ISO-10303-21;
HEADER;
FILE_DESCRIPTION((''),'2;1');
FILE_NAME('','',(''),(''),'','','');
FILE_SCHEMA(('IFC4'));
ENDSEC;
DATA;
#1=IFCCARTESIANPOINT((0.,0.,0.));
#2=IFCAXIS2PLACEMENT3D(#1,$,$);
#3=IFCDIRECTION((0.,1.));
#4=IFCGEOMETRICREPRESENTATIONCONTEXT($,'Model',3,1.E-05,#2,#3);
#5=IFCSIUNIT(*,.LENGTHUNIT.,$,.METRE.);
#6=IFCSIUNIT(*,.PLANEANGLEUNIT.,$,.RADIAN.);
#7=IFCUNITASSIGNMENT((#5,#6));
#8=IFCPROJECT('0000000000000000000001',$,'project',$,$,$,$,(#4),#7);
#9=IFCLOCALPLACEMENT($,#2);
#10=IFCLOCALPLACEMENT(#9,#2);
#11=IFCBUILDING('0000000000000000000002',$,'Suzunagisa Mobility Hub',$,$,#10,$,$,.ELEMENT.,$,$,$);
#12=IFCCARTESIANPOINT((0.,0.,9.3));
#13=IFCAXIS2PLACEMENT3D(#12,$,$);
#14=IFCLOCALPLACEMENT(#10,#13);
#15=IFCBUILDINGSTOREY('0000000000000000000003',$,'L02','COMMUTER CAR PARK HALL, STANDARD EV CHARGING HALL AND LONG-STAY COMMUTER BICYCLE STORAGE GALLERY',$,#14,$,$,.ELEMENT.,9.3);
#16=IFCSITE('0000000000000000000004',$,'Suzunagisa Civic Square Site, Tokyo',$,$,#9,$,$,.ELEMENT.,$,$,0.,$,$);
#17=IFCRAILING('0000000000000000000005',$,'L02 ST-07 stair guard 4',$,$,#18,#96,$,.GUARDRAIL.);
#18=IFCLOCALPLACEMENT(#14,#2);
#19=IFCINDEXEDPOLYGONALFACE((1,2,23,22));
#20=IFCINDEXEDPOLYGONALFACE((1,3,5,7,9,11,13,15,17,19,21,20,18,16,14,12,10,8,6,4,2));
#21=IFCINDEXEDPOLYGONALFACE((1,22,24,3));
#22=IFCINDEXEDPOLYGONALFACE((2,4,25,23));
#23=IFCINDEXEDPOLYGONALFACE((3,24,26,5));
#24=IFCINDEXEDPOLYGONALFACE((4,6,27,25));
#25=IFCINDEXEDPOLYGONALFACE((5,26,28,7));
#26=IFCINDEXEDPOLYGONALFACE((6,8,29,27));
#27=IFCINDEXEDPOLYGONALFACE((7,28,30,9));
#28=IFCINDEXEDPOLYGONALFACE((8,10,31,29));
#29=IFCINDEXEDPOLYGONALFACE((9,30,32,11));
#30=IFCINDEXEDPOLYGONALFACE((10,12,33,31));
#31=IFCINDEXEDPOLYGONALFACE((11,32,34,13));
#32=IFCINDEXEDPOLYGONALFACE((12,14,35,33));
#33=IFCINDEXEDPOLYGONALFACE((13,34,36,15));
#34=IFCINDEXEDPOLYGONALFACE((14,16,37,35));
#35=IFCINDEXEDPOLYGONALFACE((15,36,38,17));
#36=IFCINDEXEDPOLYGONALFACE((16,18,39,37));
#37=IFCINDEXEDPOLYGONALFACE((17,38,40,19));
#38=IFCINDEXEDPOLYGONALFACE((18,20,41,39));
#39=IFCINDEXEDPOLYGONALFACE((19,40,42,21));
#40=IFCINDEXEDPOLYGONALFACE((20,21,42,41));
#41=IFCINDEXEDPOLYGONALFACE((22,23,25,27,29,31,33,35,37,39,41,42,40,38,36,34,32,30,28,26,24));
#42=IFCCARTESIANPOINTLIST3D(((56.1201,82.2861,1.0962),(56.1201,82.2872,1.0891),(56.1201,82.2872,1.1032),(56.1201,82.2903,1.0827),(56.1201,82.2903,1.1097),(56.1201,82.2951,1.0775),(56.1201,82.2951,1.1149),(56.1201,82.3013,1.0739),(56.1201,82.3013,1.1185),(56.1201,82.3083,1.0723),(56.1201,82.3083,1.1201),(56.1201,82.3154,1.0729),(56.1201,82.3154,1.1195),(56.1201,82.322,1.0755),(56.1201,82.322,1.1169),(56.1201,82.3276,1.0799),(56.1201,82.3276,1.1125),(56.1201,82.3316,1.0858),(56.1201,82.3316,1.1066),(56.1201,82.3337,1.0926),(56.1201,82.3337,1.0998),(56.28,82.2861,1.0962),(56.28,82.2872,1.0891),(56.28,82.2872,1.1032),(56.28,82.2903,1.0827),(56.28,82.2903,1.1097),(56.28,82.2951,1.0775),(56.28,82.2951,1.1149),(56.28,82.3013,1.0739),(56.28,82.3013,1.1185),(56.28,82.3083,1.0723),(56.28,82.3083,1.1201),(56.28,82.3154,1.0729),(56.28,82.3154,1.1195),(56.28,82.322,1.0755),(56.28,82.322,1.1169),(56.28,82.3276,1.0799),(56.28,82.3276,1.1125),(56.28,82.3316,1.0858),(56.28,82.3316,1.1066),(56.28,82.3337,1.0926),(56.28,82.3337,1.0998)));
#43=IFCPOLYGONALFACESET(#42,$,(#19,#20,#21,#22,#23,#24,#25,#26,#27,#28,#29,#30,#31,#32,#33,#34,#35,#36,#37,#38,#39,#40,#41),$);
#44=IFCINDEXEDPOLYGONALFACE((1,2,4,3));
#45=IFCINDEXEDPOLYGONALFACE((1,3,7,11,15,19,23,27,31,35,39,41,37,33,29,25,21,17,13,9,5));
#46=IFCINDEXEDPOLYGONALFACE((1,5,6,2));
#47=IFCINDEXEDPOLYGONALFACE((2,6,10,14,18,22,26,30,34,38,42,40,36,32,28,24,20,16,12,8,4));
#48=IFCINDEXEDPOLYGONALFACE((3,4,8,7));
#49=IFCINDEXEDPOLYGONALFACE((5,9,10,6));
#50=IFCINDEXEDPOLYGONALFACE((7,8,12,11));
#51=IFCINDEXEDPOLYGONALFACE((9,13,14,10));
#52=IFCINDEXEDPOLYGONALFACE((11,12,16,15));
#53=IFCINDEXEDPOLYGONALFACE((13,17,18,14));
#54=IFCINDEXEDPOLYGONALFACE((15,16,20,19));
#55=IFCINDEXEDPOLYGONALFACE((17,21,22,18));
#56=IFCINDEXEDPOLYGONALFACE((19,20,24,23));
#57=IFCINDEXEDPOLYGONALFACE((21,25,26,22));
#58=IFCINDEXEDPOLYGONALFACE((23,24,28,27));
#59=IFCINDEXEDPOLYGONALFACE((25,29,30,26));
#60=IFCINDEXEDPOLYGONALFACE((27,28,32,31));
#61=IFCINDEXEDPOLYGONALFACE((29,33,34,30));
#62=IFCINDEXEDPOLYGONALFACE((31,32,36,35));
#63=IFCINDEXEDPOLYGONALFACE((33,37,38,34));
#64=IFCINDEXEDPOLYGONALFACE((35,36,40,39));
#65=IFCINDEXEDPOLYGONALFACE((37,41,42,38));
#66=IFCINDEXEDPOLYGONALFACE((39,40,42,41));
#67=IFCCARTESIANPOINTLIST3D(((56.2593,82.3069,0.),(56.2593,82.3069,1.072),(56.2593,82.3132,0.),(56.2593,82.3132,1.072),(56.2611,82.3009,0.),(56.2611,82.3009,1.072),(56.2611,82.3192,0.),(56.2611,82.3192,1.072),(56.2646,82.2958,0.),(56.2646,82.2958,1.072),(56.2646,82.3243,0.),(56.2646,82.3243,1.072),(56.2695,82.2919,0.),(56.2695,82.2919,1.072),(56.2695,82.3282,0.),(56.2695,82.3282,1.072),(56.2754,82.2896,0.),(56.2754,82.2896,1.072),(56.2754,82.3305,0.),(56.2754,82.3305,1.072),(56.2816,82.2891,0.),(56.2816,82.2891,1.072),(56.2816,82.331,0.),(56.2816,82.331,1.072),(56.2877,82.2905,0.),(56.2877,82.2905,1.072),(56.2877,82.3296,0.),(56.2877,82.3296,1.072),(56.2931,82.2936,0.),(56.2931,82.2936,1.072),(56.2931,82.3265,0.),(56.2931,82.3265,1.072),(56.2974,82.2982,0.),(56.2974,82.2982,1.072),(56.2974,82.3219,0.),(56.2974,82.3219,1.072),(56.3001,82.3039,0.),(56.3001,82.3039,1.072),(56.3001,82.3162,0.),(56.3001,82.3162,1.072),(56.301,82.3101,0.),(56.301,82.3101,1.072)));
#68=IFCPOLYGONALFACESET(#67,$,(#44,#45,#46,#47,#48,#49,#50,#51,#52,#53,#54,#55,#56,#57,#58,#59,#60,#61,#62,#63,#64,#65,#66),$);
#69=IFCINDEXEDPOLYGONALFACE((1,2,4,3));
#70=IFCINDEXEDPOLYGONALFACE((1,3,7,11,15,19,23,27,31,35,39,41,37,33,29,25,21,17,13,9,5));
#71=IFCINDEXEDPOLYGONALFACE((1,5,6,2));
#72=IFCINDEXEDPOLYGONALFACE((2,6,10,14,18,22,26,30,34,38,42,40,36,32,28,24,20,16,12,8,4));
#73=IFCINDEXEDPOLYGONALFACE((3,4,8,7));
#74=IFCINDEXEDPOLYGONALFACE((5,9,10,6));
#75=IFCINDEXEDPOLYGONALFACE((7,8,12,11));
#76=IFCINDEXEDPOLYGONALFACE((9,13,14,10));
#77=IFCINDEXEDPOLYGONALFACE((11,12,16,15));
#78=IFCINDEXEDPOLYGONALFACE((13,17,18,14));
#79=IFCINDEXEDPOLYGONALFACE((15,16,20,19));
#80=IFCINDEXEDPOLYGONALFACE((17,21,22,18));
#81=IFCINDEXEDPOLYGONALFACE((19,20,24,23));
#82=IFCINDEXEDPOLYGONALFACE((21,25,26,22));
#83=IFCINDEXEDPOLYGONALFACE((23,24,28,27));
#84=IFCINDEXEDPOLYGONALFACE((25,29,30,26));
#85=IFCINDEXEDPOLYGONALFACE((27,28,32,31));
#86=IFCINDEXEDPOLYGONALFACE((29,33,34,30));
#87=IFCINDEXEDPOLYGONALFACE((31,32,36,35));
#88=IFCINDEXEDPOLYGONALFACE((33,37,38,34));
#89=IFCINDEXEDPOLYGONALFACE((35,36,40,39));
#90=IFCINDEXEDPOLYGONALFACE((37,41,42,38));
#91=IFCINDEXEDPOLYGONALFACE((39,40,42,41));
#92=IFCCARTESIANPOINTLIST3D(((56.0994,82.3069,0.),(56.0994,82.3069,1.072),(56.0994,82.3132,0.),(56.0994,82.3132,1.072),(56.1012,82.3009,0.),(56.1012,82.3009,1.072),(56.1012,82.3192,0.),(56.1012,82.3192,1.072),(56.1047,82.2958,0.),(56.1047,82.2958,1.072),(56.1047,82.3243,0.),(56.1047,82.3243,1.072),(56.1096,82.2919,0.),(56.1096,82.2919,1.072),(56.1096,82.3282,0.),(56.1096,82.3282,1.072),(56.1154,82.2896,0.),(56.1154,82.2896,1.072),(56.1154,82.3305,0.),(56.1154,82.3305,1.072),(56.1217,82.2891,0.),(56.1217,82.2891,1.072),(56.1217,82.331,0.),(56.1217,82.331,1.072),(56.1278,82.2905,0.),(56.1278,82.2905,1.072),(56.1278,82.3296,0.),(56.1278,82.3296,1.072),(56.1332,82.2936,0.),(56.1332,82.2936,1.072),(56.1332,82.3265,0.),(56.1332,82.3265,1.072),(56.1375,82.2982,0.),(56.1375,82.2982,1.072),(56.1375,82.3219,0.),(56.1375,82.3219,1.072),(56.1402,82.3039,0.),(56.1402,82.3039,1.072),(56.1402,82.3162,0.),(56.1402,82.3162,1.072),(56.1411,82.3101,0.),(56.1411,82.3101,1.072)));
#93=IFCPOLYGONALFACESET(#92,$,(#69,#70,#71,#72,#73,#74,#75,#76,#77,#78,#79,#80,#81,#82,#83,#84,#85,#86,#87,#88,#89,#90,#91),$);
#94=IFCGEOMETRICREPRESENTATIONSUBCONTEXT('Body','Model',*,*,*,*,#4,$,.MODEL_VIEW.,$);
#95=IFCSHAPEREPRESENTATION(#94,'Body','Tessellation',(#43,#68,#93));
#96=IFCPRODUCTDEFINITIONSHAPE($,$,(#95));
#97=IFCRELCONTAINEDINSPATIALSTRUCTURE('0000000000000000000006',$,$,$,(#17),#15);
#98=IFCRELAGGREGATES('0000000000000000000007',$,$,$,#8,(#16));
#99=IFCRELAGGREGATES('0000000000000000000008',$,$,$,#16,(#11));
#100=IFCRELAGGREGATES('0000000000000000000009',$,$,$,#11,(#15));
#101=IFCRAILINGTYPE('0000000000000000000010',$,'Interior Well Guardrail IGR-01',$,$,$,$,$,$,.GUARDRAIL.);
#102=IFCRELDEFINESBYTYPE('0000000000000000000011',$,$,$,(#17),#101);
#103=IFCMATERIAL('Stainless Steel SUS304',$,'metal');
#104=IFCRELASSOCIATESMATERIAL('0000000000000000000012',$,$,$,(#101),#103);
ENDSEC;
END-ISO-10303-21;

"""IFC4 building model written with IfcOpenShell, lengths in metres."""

from ifc_helpers import new_model, si_unit, direction, frame, origin, origin_2d, place, context, subcontext, project, spatial, circle, extrude, material, type_object, element, save


model = new_model("IFC4")

# Units and contexts
model_context = context("Model", 3, precision=1e-05, world=origin(), true_north=direction((0.0, 1.0)))
body_context = subcontext(model_context, "Body", "Model", "MODEL_VIEW")
ifc_project = project(units=[si_unit("LENGTHUNIT", "METRE"), si_unit("PLANEANGLEUNIT", "RADIAN")], contexts=[model_context])

# Site, building, storey
site_placement = place(None, origin())
site = spatial("IfcSite", under=ifc_project, at=site_placement, Name="Suzunagisa Civic Square Site, Tokyo", CompositionType="ELEMENT", RefElevation=0.0)
building_placement = place(site_placement, origin())
building = spatial("IfcBuilding", under=site, at=building_placement, Name="Suzunagisa Mobility Hub", CompositionType="ELEMENT")
storey_placement = place(building_placement, frame((0.0, 0.0, 9.3)))
storey = spatial("IfcBuildingStorey", under=building, at=storey_placement, Name="L02", Description="COMMUTER CAR PARK HALL, STANDARD EV CHARGING HALL AND LONG-STAY COMMUTER BICYCLE STORAGE GALLERY", CompositionType="ELEMENT", Elevation=9.3)

# Railing
ifc_material_1 = material(Name="Stainless Steel SUS304", Category="metal")
railing_type_1 = type_object("IfcRailingType", Name="Interior Well Guardrail IGR-01", PredefinedType="GUARDRAIL", material=ifc_material_1)
railing_1_placement = place(storey_placement, frame((56.28, 82.3101, 0.0)))
element("IfcRailing", 1, at=railing_1_placement, inside=storey, type_object=railing_type_1, Name="L02 ST-07 stair guard 4", PredefinedType="GUARDRAIL", context=body_context, shape_type="SweptSolid", body=[
    extrude(circle(Radius=0.0239, at=origin_2d()), frame((0.0, 0.0, 1.0962), z_axis=(-1.0, 0.0, 0.0), x_axis=(0.0, -1.0, 0.0)), (0.0, 0.0, 1.0), 0.1599),
    extrude(circle(Radius=0.021, at=origin_2d()), origin(), (0.0, 0.0, 1.0), 1.072),
    extrude(circle(Radius=0.021, at=origin_2d()), frame((-0.1599, 0.0, 0.0)), (0.0, 0.0, 1.0), 1.072),
])

save(model, "model.ifc")
